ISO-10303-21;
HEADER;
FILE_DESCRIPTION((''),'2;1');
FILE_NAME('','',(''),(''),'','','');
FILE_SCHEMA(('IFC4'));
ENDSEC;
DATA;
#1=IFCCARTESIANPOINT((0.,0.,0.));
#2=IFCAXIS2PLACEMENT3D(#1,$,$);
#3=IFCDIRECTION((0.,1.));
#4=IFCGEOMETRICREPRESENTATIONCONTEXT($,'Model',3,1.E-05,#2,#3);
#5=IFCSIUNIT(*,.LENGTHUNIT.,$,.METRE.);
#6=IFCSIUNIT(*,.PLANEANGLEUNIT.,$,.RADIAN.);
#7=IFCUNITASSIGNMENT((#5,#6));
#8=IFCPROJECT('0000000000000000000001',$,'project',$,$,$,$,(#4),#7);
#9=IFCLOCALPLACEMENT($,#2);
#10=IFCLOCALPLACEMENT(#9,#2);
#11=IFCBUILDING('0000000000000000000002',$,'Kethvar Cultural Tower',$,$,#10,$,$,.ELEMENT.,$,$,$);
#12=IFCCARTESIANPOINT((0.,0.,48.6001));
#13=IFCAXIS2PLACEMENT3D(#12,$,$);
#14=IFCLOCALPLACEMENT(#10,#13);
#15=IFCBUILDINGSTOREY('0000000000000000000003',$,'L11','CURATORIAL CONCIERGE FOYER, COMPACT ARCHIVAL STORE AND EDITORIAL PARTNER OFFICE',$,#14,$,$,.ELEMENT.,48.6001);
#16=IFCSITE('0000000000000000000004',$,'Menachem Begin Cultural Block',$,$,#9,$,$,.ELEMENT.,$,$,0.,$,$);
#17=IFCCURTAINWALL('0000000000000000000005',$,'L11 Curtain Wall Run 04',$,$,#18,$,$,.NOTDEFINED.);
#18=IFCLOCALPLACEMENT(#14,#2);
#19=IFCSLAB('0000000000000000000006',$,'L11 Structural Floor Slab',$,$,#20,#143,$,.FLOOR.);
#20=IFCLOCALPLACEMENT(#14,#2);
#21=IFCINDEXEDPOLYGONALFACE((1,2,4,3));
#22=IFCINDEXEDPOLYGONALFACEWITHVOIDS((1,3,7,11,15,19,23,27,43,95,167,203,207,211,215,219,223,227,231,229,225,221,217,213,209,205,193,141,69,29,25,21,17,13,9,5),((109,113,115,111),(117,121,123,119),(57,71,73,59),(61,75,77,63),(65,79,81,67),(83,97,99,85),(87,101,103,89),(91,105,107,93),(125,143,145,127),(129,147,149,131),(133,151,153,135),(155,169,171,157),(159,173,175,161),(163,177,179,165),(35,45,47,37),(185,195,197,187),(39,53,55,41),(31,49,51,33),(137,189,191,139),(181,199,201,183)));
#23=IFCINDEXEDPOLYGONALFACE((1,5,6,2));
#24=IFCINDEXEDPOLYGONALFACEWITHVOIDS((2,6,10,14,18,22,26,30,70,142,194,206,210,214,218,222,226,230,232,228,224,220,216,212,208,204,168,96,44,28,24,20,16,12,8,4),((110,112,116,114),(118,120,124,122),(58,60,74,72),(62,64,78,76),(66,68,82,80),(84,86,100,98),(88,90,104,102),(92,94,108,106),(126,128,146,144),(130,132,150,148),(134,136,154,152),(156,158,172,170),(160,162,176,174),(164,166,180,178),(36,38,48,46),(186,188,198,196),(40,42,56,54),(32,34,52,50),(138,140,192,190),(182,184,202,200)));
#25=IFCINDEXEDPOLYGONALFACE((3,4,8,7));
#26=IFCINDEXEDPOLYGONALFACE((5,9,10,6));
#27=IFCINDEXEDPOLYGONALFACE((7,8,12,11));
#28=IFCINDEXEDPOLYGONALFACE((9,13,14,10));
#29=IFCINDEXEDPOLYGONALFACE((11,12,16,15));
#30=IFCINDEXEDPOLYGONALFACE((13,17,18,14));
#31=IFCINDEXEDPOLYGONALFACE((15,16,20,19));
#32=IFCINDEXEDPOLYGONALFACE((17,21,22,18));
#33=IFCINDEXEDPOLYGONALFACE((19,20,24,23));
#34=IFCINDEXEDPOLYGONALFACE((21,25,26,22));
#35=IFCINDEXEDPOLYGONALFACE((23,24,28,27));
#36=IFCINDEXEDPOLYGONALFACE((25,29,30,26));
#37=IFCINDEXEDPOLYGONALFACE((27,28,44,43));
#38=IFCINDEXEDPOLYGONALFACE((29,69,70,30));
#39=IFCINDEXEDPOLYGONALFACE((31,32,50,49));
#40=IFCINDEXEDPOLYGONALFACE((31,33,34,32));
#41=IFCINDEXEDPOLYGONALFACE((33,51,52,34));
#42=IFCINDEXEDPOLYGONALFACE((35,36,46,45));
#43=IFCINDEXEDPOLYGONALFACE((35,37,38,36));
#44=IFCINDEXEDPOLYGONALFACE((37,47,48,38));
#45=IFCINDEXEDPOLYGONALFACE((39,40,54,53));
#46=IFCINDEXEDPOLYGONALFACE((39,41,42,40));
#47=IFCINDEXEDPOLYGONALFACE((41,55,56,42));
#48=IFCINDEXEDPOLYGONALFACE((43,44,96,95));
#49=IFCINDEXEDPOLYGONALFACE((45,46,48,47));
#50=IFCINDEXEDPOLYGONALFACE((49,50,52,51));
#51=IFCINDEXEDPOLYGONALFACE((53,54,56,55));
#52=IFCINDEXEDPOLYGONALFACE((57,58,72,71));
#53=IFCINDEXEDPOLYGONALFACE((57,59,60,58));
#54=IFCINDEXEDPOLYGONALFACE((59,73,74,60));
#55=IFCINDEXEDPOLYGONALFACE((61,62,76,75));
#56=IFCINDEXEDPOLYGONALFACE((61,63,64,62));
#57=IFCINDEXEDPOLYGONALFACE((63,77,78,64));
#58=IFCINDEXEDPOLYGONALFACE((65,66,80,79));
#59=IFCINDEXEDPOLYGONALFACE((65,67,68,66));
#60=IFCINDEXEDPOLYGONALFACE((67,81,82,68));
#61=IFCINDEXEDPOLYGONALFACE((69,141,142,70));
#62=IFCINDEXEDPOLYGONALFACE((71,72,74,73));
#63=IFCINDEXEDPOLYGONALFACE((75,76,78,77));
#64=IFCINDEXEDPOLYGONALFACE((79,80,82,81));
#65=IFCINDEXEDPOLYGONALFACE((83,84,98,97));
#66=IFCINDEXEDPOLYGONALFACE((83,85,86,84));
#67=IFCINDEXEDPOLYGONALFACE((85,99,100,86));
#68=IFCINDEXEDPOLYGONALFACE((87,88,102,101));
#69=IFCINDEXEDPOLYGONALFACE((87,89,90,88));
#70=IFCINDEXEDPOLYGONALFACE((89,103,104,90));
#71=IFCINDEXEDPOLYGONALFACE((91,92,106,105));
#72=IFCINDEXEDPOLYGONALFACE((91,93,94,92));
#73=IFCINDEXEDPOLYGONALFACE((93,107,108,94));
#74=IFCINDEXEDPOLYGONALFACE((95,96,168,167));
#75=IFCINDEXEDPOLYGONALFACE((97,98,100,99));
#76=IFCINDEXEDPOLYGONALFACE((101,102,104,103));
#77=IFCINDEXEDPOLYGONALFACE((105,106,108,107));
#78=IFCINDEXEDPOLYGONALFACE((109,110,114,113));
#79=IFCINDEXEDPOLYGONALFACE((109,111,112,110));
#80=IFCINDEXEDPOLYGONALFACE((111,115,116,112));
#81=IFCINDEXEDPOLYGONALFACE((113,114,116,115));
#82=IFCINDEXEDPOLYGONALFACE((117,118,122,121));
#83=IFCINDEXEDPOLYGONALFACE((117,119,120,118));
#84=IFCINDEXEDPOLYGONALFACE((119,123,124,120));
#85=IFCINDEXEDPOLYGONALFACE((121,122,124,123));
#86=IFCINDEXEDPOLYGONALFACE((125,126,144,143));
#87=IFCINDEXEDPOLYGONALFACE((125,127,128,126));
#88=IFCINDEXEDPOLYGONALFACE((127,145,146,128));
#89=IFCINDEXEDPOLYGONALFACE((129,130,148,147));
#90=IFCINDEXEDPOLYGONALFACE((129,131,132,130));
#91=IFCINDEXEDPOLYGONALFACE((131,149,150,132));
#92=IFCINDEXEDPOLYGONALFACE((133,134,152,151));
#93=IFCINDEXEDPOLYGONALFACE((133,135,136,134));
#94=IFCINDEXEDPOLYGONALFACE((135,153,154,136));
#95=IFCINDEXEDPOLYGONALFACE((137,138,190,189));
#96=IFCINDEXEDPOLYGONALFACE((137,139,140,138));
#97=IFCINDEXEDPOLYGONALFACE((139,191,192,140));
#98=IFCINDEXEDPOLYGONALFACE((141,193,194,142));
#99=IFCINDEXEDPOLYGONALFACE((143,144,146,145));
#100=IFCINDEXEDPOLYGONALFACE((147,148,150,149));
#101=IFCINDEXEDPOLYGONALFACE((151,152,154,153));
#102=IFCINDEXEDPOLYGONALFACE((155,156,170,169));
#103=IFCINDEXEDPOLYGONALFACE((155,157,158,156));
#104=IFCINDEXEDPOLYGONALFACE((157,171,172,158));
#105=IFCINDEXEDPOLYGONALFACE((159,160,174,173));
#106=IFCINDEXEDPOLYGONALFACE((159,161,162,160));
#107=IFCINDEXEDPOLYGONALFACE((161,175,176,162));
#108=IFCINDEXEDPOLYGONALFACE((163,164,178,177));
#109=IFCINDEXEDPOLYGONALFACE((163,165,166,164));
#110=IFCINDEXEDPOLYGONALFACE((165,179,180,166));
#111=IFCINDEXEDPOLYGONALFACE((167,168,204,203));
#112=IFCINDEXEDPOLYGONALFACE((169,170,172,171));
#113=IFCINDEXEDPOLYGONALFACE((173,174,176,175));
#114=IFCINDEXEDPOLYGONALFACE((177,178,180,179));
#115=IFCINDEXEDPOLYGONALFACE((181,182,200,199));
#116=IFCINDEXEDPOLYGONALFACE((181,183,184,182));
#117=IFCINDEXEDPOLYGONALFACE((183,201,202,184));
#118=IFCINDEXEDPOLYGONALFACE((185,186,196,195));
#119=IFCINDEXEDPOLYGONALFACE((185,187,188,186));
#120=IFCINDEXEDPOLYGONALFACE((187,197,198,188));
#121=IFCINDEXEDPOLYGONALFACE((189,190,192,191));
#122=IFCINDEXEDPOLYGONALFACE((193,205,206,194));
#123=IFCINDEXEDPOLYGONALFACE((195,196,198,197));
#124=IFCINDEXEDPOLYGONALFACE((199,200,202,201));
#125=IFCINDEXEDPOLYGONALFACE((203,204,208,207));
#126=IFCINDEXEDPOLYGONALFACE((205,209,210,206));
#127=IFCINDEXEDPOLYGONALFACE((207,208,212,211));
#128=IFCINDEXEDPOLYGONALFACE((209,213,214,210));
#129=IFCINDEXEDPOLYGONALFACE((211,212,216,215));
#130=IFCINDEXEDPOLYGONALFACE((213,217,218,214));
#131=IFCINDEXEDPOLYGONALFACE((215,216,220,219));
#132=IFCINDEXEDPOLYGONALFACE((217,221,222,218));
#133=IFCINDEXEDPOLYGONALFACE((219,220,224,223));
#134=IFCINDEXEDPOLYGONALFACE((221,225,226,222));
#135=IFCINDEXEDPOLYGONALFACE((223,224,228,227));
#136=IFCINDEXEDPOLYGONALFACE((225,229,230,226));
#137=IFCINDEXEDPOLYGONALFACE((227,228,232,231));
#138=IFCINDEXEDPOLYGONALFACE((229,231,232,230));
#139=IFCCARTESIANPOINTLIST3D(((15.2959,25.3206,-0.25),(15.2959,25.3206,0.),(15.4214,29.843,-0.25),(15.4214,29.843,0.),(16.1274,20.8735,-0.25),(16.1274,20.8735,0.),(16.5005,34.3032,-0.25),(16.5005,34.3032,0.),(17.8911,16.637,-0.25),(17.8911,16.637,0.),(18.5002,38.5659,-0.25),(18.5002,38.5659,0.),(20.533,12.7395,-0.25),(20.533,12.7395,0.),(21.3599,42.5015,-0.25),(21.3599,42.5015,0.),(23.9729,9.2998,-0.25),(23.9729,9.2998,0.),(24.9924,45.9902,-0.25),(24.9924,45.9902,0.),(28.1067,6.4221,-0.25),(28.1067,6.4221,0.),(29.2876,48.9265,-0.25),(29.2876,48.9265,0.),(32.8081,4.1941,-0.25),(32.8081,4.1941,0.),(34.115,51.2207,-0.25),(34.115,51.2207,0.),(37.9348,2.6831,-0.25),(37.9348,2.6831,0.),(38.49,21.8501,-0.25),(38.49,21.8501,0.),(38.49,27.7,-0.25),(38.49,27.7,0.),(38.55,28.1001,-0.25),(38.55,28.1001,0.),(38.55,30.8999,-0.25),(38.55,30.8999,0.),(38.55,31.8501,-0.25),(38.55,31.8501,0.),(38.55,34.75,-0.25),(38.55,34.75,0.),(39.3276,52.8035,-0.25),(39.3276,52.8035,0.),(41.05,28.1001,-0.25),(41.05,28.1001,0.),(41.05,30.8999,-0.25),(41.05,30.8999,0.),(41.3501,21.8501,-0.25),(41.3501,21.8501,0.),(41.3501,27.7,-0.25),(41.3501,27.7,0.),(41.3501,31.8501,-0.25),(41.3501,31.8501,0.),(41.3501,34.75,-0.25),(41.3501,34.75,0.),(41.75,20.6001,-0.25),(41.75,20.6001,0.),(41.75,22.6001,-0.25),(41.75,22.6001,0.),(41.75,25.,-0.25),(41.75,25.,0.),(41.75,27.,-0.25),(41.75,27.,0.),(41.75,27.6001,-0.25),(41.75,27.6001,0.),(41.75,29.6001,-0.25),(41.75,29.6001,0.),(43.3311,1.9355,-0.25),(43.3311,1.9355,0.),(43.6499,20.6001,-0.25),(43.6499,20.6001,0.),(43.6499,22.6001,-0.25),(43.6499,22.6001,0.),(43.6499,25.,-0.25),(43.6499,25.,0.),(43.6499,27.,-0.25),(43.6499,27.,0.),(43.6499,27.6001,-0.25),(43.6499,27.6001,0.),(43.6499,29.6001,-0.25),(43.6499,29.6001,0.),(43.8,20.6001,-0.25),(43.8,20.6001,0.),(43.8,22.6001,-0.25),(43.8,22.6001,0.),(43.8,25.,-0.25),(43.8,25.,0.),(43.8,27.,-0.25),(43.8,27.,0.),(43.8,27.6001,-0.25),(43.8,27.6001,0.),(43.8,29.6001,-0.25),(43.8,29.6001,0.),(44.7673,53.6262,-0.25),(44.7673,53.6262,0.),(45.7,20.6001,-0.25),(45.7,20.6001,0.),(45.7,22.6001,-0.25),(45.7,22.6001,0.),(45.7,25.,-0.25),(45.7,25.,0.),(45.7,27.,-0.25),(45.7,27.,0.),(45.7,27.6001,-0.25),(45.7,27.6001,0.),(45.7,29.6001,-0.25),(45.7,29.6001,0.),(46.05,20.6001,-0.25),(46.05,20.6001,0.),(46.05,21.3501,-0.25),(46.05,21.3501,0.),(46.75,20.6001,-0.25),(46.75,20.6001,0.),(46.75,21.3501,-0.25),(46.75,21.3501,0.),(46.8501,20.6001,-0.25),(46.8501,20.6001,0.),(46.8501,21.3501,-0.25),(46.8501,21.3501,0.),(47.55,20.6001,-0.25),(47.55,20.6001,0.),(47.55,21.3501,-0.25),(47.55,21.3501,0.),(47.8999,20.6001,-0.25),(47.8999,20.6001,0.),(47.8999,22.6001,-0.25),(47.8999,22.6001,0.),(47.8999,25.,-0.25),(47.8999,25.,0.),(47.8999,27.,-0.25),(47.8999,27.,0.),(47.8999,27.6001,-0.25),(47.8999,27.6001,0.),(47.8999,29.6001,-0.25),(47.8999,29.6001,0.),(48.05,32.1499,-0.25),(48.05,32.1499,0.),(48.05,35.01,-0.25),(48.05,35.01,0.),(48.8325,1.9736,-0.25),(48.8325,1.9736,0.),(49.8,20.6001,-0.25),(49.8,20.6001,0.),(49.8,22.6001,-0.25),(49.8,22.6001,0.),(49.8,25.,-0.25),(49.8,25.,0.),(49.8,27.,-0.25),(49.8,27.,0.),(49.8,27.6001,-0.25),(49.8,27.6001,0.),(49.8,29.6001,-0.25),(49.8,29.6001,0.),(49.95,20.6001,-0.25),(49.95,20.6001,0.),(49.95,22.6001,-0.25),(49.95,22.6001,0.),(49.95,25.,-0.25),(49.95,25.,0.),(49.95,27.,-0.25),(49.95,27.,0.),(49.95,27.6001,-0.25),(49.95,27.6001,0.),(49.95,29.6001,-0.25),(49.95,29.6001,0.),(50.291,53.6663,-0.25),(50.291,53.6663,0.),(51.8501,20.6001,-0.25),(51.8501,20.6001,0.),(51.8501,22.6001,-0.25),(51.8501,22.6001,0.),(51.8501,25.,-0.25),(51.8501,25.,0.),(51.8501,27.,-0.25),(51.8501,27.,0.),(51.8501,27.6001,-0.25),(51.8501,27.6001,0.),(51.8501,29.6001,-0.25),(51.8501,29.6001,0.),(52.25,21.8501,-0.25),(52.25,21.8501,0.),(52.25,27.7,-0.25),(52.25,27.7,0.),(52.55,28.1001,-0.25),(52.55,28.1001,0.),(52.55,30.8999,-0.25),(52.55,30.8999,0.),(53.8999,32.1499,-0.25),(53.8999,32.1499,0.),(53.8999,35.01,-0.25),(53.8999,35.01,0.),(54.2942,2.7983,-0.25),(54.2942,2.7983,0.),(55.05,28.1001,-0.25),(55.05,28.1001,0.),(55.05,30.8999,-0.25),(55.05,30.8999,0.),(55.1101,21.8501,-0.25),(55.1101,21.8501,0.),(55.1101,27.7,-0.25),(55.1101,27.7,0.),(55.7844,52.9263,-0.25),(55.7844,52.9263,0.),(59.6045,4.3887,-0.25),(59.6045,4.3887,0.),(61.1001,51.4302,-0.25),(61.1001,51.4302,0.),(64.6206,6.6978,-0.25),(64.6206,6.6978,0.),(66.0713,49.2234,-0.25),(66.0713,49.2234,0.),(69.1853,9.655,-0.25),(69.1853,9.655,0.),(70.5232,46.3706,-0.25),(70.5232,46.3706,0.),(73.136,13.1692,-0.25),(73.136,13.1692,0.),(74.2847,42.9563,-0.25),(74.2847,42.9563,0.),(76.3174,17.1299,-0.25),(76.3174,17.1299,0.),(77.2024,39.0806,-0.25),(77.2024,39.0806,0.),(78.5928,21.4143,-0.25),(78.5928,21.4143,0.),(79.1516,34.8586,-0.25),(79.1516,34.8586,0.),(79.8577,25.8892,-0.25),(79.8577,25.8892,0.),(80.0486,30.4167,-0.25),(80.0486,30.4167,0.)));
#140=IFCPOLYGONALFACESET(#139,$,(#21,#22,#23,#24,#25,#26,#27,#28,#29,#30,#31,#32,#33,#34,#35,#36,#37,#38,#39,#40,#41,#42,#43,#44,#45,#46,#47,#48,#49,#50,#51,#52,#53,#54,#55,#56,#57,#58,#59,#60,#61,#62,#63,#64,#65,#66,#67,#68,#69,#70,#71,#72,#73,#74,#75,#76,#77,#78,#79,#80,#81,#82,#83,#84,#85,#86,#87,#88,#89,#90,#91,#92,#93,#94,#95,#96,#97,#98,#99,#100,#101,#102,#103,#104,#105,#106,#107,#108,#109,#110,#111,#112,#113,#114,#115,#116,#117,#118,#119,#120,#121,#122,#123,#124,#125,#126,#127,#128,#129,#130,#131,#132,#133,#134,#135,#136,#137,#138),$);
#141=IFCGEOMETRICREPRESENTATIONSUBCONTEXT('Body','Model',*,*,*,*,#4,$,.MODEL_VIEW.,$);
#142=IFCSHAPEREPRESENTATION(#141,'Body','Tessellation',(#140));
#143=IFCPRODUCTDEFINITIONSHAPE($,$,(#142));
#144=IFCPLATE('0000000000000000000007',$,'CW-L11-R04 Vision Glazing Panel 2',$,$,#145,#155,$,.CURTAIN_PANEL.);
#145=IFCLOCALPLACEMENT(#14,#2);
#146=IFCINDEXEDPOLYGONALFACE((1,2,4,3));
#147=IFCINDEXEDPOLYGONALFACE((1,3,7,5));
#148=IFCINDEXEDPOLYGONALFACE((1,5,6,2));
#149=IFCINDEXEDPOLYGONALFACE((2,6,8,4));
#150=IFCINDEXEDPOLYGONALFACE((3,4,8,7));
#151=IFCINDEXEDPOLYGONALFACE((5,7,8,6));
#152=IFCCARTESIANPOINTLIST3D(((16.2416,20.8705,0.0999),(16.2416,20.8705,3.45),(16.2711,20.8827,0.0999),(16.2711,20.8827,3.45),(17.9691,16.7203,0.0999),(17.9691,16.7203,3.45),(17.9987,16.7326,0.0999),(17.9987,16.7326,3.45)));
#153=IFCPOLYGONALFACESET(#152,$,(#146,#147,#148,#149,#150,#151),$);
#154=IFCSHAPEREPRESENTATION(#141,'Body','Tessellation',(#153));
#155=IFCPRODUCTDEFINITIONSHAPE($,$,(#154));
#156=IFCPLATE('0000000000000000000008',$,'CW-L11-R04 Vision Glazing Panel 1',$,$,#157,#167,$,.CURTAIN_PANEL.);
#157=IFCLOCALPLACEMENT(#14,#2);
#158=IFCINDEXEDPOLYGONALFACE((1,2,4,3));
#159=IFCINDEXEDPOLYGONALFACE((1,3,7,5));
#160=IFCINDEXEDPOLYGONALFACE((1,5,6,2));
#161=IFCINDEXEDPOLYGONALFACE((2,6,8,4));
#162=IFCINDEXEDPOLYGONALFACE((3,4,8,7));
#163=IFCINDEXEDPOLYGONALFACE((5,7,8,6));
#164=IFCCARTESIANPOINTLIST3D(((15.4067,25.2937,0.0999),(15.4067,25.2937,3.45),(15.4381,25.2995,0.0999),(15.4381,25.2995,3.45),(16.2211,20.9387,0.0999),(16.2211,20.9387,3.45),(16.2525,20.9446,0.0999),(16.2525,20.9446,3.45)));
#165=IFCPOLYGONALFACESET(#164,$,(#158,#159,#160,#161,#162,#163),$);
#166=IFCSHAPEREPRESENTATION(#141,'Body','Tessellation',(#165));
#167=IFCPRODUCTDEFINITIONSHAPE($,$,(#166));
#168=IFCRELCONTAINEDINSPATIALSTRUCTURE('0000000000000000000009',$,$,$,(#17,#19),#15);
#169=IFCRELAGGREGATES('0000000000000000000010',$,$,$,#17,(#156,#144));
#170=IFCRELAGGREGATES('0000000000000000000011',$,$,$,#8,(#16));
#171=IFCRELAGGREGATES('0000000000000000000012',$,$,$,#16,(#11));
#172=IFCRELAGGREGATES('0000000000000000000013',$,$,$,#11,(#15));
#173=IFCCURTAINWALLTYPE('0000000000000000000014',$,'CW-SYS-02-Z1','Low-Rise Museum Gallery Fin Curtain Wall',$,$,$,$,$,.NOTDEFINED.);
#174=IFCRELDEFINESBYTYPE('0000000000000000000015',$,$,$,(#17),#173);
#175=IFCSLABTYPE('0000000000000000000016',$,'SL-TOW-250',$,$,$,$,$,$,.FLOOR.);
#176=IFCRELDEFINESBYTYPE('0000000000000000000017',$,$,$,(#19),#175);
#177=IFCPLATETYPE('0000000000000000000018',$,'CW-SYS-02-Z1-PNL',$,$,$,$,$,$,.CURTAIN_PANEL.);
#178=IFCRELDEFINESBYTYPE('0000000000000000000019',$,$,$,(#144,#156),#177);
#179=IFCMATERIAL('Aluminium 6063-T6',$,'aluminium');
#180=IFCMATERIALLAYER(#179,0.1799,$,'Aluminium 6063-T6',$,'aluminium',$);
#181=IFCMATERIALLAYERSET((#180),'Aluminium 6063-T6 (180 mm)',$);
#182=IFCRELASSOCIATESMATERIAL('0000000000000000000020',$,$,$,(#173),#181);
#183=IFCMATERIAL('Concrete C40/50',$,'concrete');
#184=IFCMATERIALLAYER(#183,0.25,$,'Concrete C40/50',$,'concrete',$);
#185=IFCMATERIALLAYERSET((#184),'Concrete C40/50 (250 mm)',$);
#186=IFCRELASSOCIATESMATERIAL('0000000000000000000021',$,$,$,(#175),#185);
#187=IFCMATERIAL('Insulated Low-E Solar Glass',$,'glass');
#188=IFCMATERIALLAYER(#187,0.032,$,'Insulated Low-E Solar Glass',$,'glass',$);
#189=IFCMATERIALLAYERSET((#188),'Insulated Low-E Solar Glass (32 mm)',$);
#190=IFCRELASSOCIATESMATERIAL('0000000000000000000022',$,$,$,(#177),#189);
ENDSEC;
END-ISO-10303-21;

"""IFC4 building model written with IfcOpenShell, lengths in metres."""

from ifc_helpers import new_model, si_unit, direction, frame, origin, origin_2d, place, context, subcontext, project, spatial, polyline, rectangle, outline, extrude, source, transform, mapped, material, layer, layer_set, type_object, element, aggregate, save


model = new_model("IFC4")

# Units and contexts
model_context = context("Model", 3, precision=1e-05, world=origin(), true_north=direction((0.0, 1.0)))
body_context = subcontext(model_context, "Body", "Model", "MODEL_VIEW")
ifc_project = project(units=[si_unit("LENGTHUNIT", "METRE"), si_unit("PLANEANGLEUNIT", "RADIAN")], contexts=[model_context])

# Site, building, storey
site_placement = place(None, origin())
site = spatial("IfcSite", under=ifc_project, at=site_placement, Name="Menachem Begin Cultural Block", CompositionType="ELEMENT", RefElevation=0.0)
building_placement = place(site_placement, origin())
building = spatial("IfcBuilding", under=site, at=building_placement, Name="Kethvar Cultural Tower", CompositionType="ELEMENT")
storey_placement = place(building_placement, frame((0.0, 0.0, 48.6001)))
storey = spatial("IfcBuildingStorey", under=building, at=storey_placement, Name="L11", Description="CURATORIAL CONCIERGE FOYER, COMPACT ARCHIVAL STORE AND EDITORIAL PARTNER OFFICE", CompositionType="ELEMENT", Elevation=48.6001)

# Curtain wall
ifc_material_1 = material(Name="Aluminium 6063-T6", Category="aluminium")
ifc_layer_1 = layer(ifc_material_1, 0.1799, Name="Aluminium 6063-T6", Category="aluminium")
ifc_layer_set_1 = layer_set([ifc_layer_1], Name="Aluminium 6063-T6 (180 mm)")
curtain_wall_type = type_object("IfcCurtainWallType", Name="CW-SYS-02-Z1", Description="Low-Rise Museum Gallery Fin Curtain Wall", PredefinedType="NOTDEFINED", material=ifc_layer_set_1)
curtain_wall_placement = place(storey_placement, origin())
curtain_wall = element("IfcCurtainWall", 1, at=curtain_wall_placement, inside=storey, type_object=curtain_wall_type, Name="L11 Curtain Wall Run 04", PredefinedType="NOTDEFINED")

# Shared definitions
ifc_material_2 = material(Name="Concrete C40/50", Category="concrete")

# Slab
ifc_layer_2 = layer(ifc_material_2, 0.25, Name="Concrete C40/50", Category="concrete")
ifc_layer_set_2 = layer_set([ifc_layer_2], Name="Concrete C40/50 (250 mm)")
slab_type_1 = type_object("IfcSlabType", Name="SL-TOW-250", PredefinedType="FLOOR", material=ifc_layer_set_2)
slab_1_placement = place(storey_placement, frame((0.0, 0.0, -0.25)))
element("IfcSlab", 2, at=slab_1_placement, inside=storey, type_object=slab_type_1, Name="L11 Structural Floor Slab", PredefinedType="FLOOR", context=body_context, shape_type="SweptSolid", body=[
    extrude(outline(polyline([(80.0486, 30.4167), (79.1516, 34.8586), (77.2024, 39.0806), (74.2847, 42.9563), (70.5232, 46.3706), (66.0713, 49.2234), (61.1001, 51.4302), (55.7844, 52.9263), (50.291, 53.6663), (44.7673, 53.6262), (39.3276, 52.8035), (34.115, 51.2207), (29.2876, 48.9265), (24.9924, 45.9902), (21.3599, 42.5015), (18.5002, 38.5659), (16.5005, 34.3032), (15.4214, 29.843), (15.2959, 25.3206), (16.1274, 20.8735), (17.8911, 16.637), (20.533, 12.7395), (23.9729, 9.2998), (28.1067, 6.4221), (32.8081, 4.1941), (37.9348, 2.6831), (43.3311, 1.9355), (48.8325, 1.9736), (54.2942, 2.7983), (59.6045, 4.3887), (64.6206, 6.6978), (69.1853, 9.655), (73.136, 13.1692), (76.3174, 17.1299), (78.5928, 21.4143), (79.8577, 25.8892), (80.0486, 30.4167)]), holes=[polyline([(38.49, 21.8501), (38.49, 27.7), (41.3501, 27.7), (41.3501, 21.8501), (38.49, 21.8501)]), polyline([(52.25, 21.8501), (52.25, 27.7), (55.1101, 27.7), (55.1101, 21.8501), (52.25, 21.8501)]), polyline([(53.8999, 32.1499), (48.05, 32.1499), (48.05, 35.01), (53.8999, 35.01), (53.8999, 32.1499)]), polyline([(41.75, 22.6001), (43.6499, 22.6001), (43.6499, 20.6001), (41.75, 20.6001), (41.75, 22.6001)]), polyline([(43.8, 22.6001), (45.7, 22.6001), (45.7, 20.6001), (43.8, 20.6001), (43.8, 22.6001)]), polyline([(47.8999, 22.6001), (49.8, 22.6001), (49.8, 20.6001), (47.8999, 20.6001), (47.8999, 22.6001)]), polyline([(49.95, 22.6001), (51.8501, 22.6001), (51.8501, 20.6001), (49.95, 20.6001), (49.95, 22.6001)]), polyline([(41.75, 27.0), (43.6499, 27.0), (43.6499, 25.0), (41.75, 25.0), (41.75, 27.0)]), polyline([(43.8, 27.0), (45.7, 27.0), (45.7, 25.0), (43.8, 25.0), (43.8, 27.0)]), polyline([(47.8999, 27.0), (49.8, 27.0), (49.8, 25.0), (47.8999, 25.0), (47.8999, 27.0)]), polyline([(49.95, 27.0), (51.8501, 27.0), (51.8501, 25.0), (49.95, 25.0), (49.95, 27.0)]), polyline([(41.75, 29.6001), (43.6499, 29.6001), (43.6499, 27.6001), (41.75, 27.6001), (41.75, 29.6001)]), polyline([(43.8, 29.6001), (45.7, 29.6001), (45.7, 27.6001), (43.8, 27.6001), (43.8, 29.6001)]), polyline([(47.8999, 29.6001), (49.8, 29.6001), (49.8, 27.6001), (47.8999, 27.6001), (47.8999, 29.6001)]), polyline([(49.95, 29.6001), (51.8501, 29.6001), (51.8501, 27.6001), (49.95, 27.6001), (49.95, 29.6001)]), polyline([(38.55, 30.8999), (41.05, 30.8999), (41.05, 28.1001), (38.55, 28.1001), (38.55, 30.8999)]), polyline([(52.55, 30.8999), (55.05, 30.8999), (55.05, 28.1001), (52.55, 28.1001), (52.55, 30.8999)]), polyline([(38.55, 34.75), (41.3501, 34.75), (41.3501, 31.8501), (38.55, 31.8501), (38.55, 34.75)]), polyline([(46.05, 21.3501), (46.75, 21.3501), (46.75, 20.6001), (46.05, 20.6001), (46.05, 21.3501)]), polyline([(46.8501, 21.3501), (47.55, 21.3501), (47.55, 20.6001), (46.8501, 20.6001), (46.8501, 21.3501)])]), origin(), (0.0, 0.0, 1.0), 0.25),
])

# Plates
ifc_material_3 = material(Name="Insulated Low-E Solar Glass", Category="glass")
ifc_layer_3 = layer(ifc_material_3, 0.032, Name="Insulated Low-E Solar Glass", Category="glass")
ifc_layer_set_3 = layer_set([ifc_layer_3], Name="Insulated Low-E Solar Glass (32 mm)")
plate_type = type_object("IfcPlateType", Name="CW-SYS-02-Z1-PNL", PredefinedType="CURTAIN_PANEL", material=ifc_layer_set_3)
shared_shape_1 = source(origin(), body_context, "Body", "SweptSolid", [
    extrude(rectangle(XDim=4.4954, YDim=0.032, at=origin_2d()), origin(), (0.0, 0.0, 1.0), 3.3501),
])
plate_1_placement = place(storey_placement, frame((17.1201, 18.8015, 0.0999), z_axis=(0.0, 0.0, 1.0), x_axis=(0.384295, -0.92321, 0.0)))
plate_1 = element("IfcPlate", 3, at=plate_1_placement, type_object=plate_type, Name="CW-L11-R04 Vision Glazing Panel 2", PredefinedType="CURTAIN_PANEL", context=body_context, shape_type="MappedRepresentation", body=[
    mapped(shared_shape_1, transform((0.0, 0.0, 0.0), scale=1.0)),
])
shared_shape_2 = source(origin(), body_context, "Body", "SweptSolid", [
    extrude(rectangle(XDim=4.4304, YDim=0.032, at=origin_2d()), origin(), (0.0, 0.0, 1.0), 3.3501),
])
plate_2_placement = place(storey_placement, frame((15.8296, 23.1191, 0.0999), z_axis=(0.0, 0.0, 1.0), x_axis=(0.183814, -0.982961, 0.0)))
plate_2 = element("IfcPlate", 4, at=plate_2_placement, type_object=plate_type, Name="CW-L11-R04 Vision Glazing Panel 1", PredefinedType="CURTAIN_PANEL", context=body_context, shape_type="MappedRepresentation", body=[
    mapped(shared_shape_2, transform((0.0, 0.0, 0.0), scale=1.0)),
])
aggregate(curtain_wall, [plate_2, plate_1])

save(model, "model.ifc")
